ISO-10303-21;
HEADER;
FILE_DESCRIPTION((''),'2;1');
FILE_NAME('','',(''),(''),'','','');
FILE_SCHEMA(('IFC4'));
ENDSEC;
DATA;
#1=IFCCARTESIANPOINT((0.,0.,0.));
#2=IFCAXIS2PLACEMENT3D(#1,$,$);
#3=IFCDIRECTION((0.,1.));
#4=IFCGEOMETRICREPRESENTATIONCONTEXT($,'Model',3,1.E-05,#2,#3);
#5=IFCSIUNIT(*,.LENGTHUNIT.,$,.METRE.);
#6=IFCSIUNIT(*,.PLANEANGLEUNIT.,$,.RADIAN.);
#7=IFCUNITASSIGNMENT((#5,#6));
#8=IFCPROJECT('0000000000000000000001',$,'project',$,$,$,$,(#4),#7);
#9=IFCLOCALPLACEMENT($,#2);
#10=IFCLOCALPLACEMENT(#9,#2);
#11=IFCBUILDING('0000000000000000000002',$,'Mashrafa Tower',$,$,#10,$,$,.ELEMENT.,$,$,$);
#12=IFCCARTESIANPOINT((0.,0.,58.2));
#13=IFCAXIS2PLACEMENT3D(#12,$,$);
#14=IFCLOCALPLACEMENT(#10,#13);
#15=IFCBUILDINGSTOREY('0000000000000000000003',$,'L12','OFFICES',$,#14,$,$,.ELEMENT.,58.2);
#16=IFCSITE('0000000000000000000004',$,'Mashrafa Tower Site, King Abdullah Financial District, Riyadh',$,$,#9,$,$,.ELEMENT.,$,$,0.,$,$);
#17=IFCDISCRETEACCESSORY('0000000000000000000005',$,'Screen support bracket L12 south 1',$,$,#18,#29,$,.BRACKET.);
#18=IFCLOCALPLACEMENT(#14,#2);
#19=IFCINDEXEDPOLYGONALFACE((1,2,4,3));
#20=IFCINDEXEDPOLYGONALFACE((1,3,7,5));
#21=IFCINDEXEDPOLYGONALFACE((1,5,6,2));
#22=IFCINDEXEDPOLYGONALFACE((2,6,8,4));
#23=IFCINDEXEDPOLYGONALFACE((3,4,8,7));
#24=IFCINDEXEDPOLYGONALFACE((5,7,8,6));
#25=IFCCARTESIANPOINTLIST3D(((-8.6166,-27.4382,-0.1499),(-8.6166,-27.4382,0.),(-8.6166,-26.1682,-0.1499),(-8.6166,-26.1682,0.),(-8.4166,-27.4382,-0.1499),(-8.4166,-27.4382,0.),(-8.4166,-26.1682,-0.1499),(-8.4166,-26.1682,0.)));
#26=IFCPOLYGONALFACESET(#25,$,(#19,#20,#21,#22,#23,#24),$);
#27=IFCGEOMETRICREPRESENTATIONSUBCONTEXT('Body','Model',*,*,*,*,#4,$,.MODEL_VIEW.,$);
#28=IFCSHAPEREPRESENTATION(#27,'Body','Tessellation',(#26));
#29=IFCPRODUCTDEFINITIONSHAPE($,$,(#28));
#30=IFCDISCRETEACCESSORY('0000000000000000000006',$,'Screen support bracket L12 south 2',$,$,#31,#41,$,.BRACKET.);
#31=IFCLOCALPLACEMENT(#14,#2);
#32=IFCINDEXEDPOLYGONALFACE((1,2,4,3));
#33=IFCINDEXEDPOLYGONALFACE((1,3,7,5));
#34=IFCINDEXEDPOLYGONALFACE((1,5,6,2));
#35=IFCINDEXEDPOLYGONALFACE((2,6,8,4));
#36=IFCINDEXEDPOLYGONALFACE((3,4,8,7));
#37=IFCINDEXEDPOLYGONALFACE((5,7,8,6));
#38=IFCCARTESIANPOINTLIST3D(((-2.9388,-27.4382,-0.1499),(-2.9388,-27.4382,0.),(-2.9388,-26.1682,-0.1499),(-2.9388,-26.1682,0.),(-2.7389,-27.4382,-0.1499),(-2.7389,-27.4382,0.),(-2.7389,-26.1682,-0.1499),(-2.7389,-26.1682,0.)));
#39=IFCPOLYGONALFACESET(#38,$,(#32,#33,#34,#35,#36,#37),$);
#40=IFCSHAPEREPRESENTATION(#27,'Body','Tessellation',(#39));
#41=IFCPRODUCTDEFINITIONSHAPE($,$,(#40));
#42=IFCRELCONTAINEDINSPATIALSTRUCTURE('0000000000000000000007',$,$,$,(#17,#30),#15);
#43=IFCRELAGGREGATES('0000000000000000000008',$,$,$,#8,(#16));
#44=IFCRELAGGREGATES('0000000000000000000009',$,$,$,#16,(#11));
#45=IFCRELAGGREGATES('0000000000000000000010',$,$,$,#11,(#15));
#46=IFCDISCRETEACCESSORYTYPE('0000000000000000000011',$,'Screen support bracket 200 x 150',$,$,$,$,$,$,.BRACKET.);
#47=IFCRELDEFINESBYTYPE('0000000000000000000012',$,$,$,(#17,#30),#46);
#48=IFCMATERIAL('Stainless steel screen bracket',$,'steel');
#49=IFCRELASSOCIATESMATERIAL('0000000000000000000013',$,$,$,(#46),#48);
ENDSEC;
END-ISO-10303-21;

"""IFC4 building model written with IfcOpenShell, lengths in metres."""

from ifc_helpers import new_model, si_unit, direction, frame, origin, origin_2d, place, context, subcontext, project, spatial, rectangle, extrude, source, transform, mapped, material, type_object, type_shapes, element, save


model = new_model("IFC4")

# Units and contexts
model_context = context("Model", 3, precision=1e-05, world=origin(), true_north=direction((0.0, 1.0)))
body_context = subcontext(model_context, "Body", "Model", "MODEL_VIEW")
ifc_project = project(units=[si_unit("LENGTHUNIT", "METRE"), si_unit("PLANEANGLEUNIT", "RADIAN")], contexts=[model_context])

# Site, building, storey
site_placement = place(None, origin())
site = spatial("IfcSite", under=ifc_project, at=site_placement, Name="Mashrafa Tower Site, King Abdullah Financial District, Riyadh", CompositionType="ELEMENT", RefElevation=0.0)
building_placement = place(site_placement, origin())
building = spatial("IfcBuilding", under=site, at=building_placement, Name="Mashrafa Tower", CompositionType="ELEMENT")
storey_placement = place(building_placement, frame((0.0, 0.0, 58.2)))
storey = spatial("IfcBuildingStorey", under=building, at=storey_placement, Name="L12", Description="OFFICES", CompositionType="ELEMENT", Elevation=58.2)

# Discrete accessories
ifc_material_1 = material(Name="Stainless steel screen bracket", Category="steel")
discrete_accessory_type = type_object("IfcDiscreteAccessoryType", Name="Screen support bracket 200 x 150", PredefinedType="BRACKET", material=ifc_material_1)
shared_shape_1 = source(origin(), body_context, "Body", "SweptSolid", [
    extrude(rectangle(XDim=0.2, YDim=1.27, at=origin_2d()), origin(), (0.0, 0.0, 1.0), 0.1499),
])
type_shapes(discrete_accessory_type, [shared_shape_1])
for number, where, z_axis, x_axis, name in (
    (1, (-8.5166, -26.8032, -0.1499), (0.0, 0.0, 1.0), (1.0, 0.0, 0.0), "Screen support bracket L12 south 1"),
    (2, (-2.8389, -26.8032, -0.1499), (0.0, 0.0, 1.0), (1.0, 0.0, 0.0), "Screen support bracket L12 south 2"),
):
    element("IfcDiscreteAccessory", number, at=place(storey_placement, frame(where, z_axis=z_axis, x_axis=x_axis)), inside=storey, type_object=discrete_accessory_type, Name=name, PredefinedType="BRACKET", context=body_context, shape_type="MappedRepresentation", body=[
        mapped(shared_shape_1, transform((0.0, 0.0, 0.0))),
    ])

save(model, "model.ifc")
